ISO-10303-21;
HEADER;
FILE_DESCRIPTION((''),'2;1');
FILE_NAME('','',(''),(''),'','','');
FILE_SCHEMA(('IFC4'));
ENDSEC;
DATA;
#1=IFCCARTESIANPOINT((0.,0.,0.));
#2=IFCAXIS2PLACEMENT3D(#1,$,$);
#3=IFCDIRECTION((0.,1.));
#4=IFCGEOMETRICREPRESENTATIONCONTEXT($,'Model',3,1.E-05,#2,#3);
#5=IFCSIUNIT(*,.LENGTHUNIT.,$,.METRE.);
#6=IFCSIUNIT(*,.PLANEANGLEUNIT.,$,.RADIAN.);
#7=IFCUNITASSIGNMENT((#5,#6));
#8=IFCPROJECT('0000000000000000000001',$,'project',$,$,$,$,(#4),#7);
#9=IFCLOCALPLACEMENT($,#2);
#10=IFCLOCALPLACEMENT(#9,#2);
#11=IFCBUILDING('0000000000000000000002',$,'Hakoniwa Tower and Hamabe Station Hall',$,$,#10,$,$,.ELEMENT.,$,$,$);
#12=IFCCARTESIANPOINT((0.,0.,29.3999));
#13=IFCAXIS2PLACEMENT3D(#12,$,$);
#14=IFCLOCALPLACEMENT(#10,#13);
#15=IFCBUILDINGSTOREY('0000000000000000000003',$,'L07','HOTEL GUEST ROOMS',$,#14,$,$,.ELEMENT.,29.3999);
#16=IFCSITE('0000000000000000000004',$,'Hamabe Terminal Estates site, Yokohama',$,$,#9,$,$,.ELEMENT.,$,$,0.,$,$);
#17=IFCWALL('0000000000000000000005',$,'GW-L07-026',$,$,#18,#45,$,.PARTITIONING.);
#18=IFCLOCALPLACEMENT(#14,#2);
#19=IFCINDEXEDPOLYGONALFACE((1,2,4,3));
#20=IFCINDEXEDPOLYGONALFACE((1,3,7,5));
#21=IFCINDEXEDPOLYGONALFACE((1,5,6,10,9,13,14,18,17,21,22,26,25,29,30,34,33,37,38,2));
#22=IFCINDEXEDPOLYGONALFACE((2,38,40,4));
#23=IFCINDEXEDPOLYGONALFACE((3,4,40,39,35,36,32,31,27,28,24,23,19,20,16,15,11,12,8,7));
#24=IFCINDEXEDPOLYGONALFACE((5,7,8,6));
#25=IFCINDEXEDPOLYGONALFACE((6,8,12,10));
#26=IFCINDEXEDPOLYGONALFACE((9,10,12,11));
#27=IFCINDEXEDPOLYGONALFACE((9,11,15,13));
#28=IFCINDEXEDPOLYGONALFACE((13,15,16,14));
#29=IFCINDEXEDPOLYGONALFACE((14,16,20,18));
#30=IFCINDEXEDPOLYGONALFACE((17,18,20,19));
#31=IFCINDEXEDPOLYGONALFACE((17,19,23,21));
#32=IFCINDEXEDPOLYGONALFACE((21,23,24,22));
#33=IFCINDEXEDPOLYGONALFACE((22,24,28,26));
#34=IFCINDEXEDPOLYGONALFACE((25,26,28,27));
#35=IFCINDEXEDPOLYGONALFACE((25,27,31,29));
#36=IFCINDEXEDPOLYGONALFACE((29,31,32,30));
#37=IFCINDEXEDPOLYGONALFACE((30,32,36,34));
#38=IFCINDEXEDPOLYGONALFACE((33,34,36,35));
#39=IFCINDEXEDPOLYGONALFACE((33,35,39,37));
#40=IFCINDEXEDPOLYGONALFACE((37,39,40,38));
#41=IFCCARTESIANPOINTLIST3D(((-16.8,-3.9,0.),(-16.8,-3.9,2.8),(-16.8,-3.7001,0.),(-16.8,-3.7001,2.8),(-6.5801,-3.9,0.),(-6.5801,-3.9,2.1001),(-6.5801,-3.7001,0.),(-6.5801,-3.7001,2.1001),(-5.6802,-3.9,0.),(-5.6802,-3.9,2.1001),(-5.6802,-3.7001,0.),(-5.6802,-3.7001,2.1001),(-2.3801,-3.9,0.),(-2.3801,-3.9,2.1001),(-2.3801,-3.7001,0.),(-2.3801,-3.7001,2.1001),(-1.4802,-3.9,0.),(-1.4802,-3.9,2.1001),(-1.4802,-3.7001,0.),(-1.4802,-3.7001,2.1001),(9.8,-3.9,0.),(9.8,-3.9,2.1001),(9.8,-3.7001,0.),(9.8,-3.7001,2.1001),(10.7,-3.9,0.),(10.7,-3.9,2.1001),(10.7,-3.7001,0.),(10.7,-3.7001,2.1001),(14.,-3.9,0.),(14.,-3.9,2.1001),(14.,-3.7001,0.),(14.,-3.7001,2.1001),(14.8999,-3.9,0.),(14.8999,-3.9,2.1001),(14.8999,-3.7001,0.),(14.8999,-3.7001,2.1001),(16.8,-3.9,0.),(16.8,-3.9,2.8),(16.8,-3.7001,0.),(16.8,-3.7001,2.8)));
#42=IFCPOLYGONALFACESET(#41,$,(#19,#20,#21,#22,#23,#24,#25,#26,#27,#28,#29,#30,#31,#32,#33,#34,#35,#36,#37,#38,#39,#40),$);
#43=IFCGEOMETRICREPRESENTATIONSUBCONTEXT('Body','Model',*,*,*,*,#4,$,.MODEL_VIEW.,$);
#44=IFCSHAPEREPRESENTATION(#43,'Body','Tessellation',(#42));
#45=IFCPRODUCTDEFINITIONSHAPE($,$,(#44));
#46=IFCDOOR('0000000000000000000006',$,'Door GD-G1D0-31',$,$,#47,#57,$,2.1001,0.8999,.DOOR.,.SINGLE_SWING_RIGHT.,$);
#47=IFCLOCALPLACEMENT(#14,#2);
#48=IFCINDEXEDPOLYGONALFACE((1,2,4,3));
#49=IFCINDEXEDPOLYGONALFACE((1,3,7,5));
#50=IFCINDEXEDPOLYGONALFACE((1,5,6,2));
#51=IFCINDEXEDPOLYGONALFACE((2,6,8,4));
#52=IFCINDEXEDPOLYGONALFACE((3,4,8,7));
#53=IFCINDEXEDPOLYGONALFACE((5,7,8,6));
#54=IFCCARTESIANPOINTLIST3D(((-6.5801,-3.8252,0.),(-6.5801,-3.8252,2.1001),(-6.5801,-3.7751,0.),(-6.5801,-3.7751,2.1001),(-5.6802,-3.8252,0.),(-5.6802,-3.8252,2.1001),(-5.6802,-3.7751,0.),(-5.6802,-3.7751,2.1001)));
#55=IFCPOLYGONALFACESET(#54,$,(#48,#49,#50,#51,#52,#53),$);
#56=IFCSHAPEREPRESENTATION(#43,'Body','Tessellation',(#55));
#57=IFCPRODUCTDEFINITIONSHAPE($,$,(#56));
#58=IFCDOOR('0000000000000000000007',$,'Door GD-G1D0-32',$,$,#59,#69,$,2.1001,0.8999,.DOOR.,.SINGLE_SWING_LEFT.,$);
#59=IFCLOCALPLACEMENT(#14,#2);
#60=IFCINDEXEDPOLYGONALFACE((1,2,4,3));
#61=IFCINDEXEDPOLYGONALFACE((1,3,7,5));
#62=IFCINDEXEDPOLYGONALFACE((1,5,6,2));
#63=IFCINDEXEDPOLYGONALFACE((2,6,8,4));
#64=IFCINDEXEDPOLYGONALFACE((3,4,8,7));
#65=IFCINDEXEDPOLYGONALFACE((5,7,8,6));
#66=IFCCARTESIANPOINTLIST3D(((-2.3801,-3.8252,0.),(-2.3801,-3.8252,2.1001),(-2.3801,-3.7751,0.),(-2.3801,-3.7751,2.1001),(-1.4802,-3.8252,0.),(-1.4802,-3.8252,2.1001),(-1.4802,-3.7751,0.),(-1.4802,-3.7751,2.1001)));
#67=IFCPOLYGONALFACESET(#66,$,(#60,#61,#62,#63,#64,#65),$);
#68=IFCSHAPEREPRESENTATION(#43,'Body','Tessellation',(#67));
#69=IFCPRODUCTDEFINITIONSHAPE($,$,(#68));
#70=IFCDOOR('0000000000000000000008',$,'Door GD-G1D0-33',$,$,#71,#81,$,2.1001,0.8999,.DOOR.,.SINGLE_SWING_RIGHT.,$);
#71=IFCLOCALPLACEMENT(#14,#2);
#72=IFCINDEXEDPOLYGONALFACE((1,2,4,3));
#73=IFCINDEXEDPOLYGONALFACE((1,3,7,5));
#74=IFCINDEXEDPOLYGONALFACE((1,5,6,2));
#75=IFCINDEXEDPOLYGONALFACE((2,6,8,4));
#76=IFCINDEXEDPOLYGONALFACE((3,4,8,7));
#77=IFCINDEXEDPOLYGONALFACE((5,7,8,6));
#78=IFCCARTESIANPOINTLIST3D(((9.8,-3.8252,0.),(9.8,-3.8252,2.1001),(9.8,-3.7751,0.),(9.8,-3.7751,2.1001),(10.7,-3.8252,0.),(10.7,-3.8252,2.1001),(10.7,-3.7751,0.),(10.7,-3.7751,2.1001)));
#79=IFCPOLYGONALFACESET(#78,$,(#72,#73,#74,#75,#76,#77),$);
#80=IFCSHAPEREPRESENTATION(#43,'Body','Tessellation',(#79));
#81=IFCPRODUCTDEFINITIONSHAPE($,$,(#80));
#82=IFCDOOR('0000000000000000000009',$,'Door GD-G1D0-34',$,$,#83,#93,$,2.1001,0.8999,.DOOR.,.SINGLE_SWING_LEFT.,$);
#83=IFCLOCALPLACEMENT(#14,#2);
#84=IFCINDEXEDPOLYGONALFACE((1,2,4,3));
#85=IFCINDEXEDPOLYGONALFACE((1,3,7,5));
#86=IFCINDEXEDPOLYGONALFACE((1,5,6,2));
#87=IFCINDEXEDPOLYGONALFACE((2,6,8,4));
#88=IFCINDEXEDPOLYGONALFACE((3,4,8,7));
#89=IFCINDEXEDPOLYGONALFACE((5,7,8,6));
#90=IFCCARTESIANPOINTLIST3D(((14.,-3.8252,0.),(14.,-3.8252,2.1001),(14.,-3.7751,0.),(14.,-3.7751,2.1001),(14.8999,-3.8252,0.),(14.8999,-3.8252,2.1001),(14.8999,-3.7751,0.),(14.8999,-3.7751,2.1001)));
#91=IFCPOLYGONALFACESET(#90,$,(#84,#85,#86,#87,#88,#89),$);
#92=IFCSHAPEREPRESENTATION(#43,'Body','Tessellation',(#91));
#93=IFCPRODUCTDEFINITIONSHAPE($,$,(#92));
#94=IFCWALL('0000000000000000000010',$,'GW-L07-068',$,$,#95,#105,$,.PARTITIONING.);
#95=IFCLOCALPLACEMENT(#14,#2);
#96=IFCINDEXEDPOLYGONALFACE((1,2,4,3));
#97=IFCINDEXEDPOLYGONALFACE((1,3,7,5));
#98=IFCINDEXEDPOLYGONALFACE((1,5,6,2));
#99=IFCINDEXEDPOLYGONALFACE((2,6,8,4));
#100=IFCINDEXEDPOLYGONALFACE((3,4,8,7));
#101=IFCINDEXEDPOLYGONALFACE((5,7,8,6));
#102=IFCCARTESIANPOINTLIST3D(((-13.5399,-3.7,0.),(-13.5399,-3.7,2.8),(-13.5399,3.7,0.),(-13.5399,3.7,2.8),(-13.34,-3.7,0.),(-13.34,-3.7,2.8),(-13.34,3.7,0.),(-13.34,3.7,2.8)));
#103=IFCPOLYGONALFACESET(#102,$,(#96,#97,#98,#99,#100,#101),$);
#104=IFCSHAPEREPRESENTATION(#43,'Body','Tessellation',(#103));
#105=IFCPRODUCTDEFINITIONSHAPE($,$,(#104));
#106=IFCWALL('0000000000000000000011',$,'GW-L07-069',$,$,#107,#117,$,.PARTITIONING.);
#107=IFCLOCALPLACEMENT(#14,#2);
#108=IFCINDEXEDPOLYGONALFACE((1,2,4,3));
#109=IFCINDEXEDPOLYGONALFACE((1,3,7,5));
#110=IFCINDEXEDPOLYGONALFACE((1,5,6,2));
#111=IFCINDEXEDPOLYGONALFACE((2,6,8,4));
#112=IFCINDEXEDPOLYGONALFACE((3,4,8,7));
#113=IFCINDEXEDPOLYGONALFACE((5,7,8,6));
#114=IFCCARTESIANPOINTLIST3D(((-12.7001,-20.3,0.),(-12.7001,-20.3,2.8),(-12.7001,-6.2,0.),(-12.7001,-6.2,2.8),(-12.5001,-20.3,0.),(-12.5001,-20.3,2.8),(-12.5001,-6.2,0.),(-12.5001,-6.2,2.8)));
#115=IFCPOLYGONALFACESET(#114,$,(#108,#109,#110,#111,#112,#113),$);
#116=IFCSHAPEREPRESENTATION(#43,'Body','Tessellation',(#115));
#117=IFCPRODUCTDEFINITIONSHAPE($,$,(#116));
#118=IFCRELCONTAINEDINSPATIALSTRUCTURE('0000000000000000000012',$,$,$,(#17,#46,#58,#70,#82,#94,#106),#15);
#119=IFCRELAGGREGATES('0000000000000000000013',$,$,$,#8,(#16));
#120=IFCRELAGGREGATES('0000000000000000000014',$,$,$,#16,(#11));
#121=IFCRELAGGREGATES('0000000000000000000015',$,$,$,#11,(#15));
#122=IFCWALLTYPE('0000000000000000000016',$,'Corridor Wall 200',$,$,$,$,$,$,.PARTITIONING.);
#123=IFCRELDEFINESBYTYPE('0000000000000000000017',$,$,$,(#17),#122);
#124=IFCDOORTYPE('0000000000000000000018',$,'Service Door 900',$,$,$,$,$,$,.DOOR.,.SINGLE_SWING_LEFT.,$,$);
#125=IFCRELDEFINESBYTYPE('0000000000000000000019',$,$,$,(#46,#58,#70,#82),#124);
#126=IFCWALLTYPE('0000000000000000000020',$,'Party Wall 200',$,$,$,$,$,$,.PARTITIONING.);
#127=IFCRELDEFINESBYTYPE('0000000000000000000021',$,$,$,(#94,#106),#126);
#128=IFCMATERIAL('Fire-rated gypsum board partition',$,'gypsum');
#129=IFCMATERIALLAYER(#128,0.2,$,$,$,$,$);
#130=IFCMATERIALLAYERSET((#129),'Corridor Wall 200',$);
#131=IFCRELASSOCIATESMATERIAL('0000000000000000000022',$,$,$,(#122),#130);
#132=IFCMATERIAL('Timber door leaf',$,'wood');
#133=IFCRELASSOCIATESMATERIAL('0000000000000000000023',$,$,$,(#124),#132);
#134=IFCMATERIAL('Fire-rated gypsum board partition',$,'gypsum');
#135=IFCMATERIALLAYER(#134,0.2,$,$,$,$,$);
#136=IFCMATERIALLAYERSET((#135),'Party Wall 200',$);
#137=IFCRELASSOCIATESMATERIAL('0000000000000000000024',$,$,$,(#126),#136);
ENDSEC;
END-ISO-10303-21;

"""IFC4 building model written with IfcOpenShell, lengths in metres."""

from ifc_helpers import new_model, si_unit, direction, frame, frame_2d, origin, place, context, subcontext, project, spatial, rectangle, extrude, material, layer, layer_set, type_object, element, fill, save


model = new_model("IFC4")

# Units and contexts
model_context = context("Model", 3, precision=1e-05, world=origin(), true_north=direction((0.0, 1.0)))
body_context = subcontext(model_context, "Body", "Model", "MODEL_VIEW")
ifc_project = project(units=[si_unit("LENGTHUNIT", "METRE"), si_unit("PLANEANGLEUNIT", "RADIAN")], contexts=[model_context])

# Site, building, storey
site_placement = place(None, origin())
site = spatial("IfcSite", under=ifc_project, at=site_placement, Name="Hamabe Terminal Estates site, Yokohama", CompositionType="ELEMENT", RefElevation=0.0)
building_placement = place(site_placement, origin())
building = spatial("IfcBuilding", under=site, at=building_placement, Name="Hakoniwa Tower and Hamabe Station Hall", CompositionType="ELEMENT")
storey_placement = place(building_placement, frame((0.0, 0.0, 29.3999)))
storey = spatial("IfcBuildingStorey", under=building, at=storey_placement, Name="L07", Description="HOTEL GUEST ROOMS", CompositionType="ELEMENT", Elevation=29.3999)

# Wall, openings, doors
ifc_material_1 = material(Name="Fire-rated gypsum board partition", Category="gypsum")
ifc_layer_1 = layer(ifc_material_1, 0.2)
ifc_layer_set_1 = layer_set([ifc_layer_1], Name="Corridor Wall 200")
wall_type_1 = type_object("IfcWallType", Name="Corridor Wall 200", PredefinedType="PARTITIONING", material=ifc_layer_set_1)
wall_1_placement = place(storey_placement, frame((-16.8, -3.8, 0.0), z_axis=(0.0, 0.0, 1.0), x_axis=(1.0, 0.0, 0.0)))
wall_1 = element("IfcWall", 1, at=wall_1_placement, inside=storey, type_object=wall_type_1, Name="GW-L07-026", PredefinedType="PARTITIONING", context=body_context, shape_type="SweptSolid", body=[
    extrude(rectangle(XDim=33.6001, YDim=0.2, at=frame_2d((16.8, 0.0))), origin(), (0.0, 0.0, 1.0), 2.8),
])
opening_1_placement = place(wall_1_placement, frame((10.22, 0.0, 0.0)))
opening_1 = element("IfcOpeningElement", 2, at=opening_1_placement, cuts=wall_1, PredefinedType="OPENING", context=body_context, shape_type="SweptSolid", body=[
    extrude(rectangle(XDim=0.8999, YDim=2.1001, at=frame_2d((0.45, 1.05))), frame((0.0, 0.1099, 0.0), z_axis=(0.0, -1.0, 0.0), x_axis=(1.0, 0.0, 0.0)), (0.0, 0.0, 1.0), 0.22),
])
opening_2_placement = place(wall_1_placement, frame((14.4199, 0.0, 0.0)))
opening_2 = element("IfcOpeningElement", 3, at=opening_2_placement, cuts=wall_1, PredefinedType="OPENING", context=body_context, shape_type="SweptSolid", body=[
    extrude(rectangle(XDim=0.8999, YDim=2.1001, at=frame_2d((0.45, 1.05))), frame((0.0, 0.1099, 0.0), z_axis=(0.0, -1.0, 0.0), x_axis=(1.0, 0.0, 0.0)), (0.0, 0.0, 1.0), 0.22),
])
opening_3_placement = place(wall_1_placement, frame((26.6001, 0.0, 0.0)))
opening_3 = element("IfcOpeningElement", 4, at=opening_3_placement, cuts=wall_1, PredefinedType="OPENING", context=body_context, shape_type="SweptSolid", body=[
    extrude(rectangle(XDim=0.8999, YDim=2.1001, at=frame_2d((0.45, 1.05))), frame((0.0, 0.1099, 0.0), z_axis=(0.0, -1.0, 0.0), x_axis=(1.0, 0.0, 0.0)), (0.0, 0.0, 1.0), 0.22),
])
opening_4_placement = place(wall_1_placement, frame((30.8, 0.0, 0.0)))
opening_4 = element("IfcOpeningElement", 5, at=opening_4_placement, cuts=wall_1, PredefinedType="OPENING", context=body_context, shape_type="SweptSolid", body=[
    extrude(rectangle(XDim=0.8999, YDim=2.1001, at=frame_2d((0.45, 1.05))), frame((0.0, 0.1099, 0.0), z_axis=(0.0, -1.0, 0.0), x_axis=(1.0, 0.0, 0.0)), (0.0, 0.0, 1.0), 0.22),
])
ifc_material_2 = material(Name="Timber door leaf", Category="wood")
door_type_1 = type_object("IfcDoorType", Name="Service Door 900", OperationType="SINGLE_SWING_LEFT", PredefinedType="DOOR", material=ifc_material_2)
door_1_placement = place(opening_1_placement, origin())
door_1 = element("IfcDoor", 6, at=door_1_placement, inside=storey, type_object=door_type_1, Name="Door GD-G1D0-31", OperationType="SINGLE_SWING_RIGHT", OverallHeight=2.1001, OverallWidth=0.8999, PredefinedType="DOOR", context=body_context, shape_type="SweptSolid", body=[
    extrude(rectangle(XDim=0.8999, YDim=2.1001, at=frame_2d((0.45, 1.05))), frame((0.0, 0.0249, 0.0), z_axis=(0.0, -1.0, 0.0), x_axis=(1.0, 0.0, 0.0)), (0.0, 0.0, 1.0), 0.05),
])
fill(opening_1, door_1)
door_2_placement = place(opening_2_placement, origin())
door_2 = element("IfcDoor", 7, at=door_2_placement, inside=storey, type_object=door_type_1, Name="Door GD-G1D0-32", OperationType="SINGLE_SWING_LEFT", OverallHeight=2.1001, OverallWidth=0.8999, PredefinedType="DOOR", context=body_context, shape_type="SweptSolid", body=[
    extrude(rectangle(XDim=0.8999, YDim=2.1001, at=frame_2d((0.45, 1.05))), frame((0.0, 0.0249, 0.0), z_axis=(0.0, -1.0, 0.0), x_axis=(1.0, 0.0, 0.0)), (0.0, 0.0, 1.0), 0.05),
])
fill(opening_2, door_2)
door_3_placement = place(opening_3_placement, origin())
door_3 = element("IfcDoor", 8, at=door_3_placement, inside=storey, type_object=door_type_1, Name="Door GD-G1D0-33", OperationType="SINGLE_SWING_RIGHT", OverallHeight=2.1001, OverallWidth=0.8999, PredefinedType="DOOR", context=body_context, shape_type="SweptSolid", body=[
    extrude(rectangle(XDim=0.8999, YDim=2.1001, at=frame_2d((0.45, 1.05))), frame((0.0, 0.0249, 0.0), z_axis=(0.0, -1.0, 0.0), x_axis=(1.0, 0.0, 0.0)), (0.0, 0.0, 1.0), 0.05),
])
fill(opening_3, door_3)
door_4_placement = place(opening_4_placement, origin())
door_4 = element("IfcDoor", 9, at=door_4_placement, inside=storey, type_object=door_type_1, Name="Door GD-G1D0-34", OperationType="SINGLE_SWING_LEFT", OverallHeight=2.1001, OverallWidth=0.8999, PredefinedType="DOOR", context=body_context, shape_type="SweptSolid", body=[
    extrude(rectangle(XDim=0.8999, YDim=2.1001, at=frame_2d((0.45, 1.05))), frame((0.0, 0.0249, 0.0), z_axis=(0.0, -1.0, 0.0), x_axis=(1.0, 0.0, 0.0)), (0.0, 0.0, 1.0), 0.05),
])
fill(opening_4, door_4)

# Walls
ifc_material_3 = material(Name="Fire-rated gypsum board partition", Category="gypsum")
ifc_layer_2 = layer(ifc_material_3, 0.2)
ifc_layer_set_2 = layer_set([ifc_layer_2], Name="Party Wall 200")
wall_type_2 = type_object("IfcWallType", Name="Party Wall 200", PredefinedType="PARTITIONING", material=ifc_layer_set_2)
wall_2_placement = place(storey_placement, frame((-13.4399, -3.7, 0.0), z_axis=(0.0, 0.0, 1.0), x_axis=(0.0, 1.0, 0.0)))
element("IfcWall", 10, at=wall_2_placement, inside=storey, type_object=wall_type_2, Name="GW-L07-068", PredefinedType="PARTITIONING", context=body_context, shape_type="SweptSolid", body=[
    extrude(rectangle(XDim=7.3999, YDim=0.2, at=frame_2d((3.7, 0.0))), origin(), (0.0, 0.0, 1.0), 2.8),
])
wall_3_placement = place(storey_placement, frame((-12.6001, -20.3, 0.0), z_axis=(0.0, 0.0, 1.0), x_axis=(0.0, 1.0, 0.0)))
element("IfcWall", 11, at=wall_3_placement, inside=storey, type_object=wall_type_2, Name="GW-L07-069", PredefinedType="PARTITIONING", context=body_context, shape_type="SweptSolid", body=[
    extrude(rectangle(XDim=14.1001, YDim=0.2, at=frame_2d((7.05, 0.0))), origin(), (0.0, 0.0, 1.0), 2.8),
])

save(model, "model.ifc")
